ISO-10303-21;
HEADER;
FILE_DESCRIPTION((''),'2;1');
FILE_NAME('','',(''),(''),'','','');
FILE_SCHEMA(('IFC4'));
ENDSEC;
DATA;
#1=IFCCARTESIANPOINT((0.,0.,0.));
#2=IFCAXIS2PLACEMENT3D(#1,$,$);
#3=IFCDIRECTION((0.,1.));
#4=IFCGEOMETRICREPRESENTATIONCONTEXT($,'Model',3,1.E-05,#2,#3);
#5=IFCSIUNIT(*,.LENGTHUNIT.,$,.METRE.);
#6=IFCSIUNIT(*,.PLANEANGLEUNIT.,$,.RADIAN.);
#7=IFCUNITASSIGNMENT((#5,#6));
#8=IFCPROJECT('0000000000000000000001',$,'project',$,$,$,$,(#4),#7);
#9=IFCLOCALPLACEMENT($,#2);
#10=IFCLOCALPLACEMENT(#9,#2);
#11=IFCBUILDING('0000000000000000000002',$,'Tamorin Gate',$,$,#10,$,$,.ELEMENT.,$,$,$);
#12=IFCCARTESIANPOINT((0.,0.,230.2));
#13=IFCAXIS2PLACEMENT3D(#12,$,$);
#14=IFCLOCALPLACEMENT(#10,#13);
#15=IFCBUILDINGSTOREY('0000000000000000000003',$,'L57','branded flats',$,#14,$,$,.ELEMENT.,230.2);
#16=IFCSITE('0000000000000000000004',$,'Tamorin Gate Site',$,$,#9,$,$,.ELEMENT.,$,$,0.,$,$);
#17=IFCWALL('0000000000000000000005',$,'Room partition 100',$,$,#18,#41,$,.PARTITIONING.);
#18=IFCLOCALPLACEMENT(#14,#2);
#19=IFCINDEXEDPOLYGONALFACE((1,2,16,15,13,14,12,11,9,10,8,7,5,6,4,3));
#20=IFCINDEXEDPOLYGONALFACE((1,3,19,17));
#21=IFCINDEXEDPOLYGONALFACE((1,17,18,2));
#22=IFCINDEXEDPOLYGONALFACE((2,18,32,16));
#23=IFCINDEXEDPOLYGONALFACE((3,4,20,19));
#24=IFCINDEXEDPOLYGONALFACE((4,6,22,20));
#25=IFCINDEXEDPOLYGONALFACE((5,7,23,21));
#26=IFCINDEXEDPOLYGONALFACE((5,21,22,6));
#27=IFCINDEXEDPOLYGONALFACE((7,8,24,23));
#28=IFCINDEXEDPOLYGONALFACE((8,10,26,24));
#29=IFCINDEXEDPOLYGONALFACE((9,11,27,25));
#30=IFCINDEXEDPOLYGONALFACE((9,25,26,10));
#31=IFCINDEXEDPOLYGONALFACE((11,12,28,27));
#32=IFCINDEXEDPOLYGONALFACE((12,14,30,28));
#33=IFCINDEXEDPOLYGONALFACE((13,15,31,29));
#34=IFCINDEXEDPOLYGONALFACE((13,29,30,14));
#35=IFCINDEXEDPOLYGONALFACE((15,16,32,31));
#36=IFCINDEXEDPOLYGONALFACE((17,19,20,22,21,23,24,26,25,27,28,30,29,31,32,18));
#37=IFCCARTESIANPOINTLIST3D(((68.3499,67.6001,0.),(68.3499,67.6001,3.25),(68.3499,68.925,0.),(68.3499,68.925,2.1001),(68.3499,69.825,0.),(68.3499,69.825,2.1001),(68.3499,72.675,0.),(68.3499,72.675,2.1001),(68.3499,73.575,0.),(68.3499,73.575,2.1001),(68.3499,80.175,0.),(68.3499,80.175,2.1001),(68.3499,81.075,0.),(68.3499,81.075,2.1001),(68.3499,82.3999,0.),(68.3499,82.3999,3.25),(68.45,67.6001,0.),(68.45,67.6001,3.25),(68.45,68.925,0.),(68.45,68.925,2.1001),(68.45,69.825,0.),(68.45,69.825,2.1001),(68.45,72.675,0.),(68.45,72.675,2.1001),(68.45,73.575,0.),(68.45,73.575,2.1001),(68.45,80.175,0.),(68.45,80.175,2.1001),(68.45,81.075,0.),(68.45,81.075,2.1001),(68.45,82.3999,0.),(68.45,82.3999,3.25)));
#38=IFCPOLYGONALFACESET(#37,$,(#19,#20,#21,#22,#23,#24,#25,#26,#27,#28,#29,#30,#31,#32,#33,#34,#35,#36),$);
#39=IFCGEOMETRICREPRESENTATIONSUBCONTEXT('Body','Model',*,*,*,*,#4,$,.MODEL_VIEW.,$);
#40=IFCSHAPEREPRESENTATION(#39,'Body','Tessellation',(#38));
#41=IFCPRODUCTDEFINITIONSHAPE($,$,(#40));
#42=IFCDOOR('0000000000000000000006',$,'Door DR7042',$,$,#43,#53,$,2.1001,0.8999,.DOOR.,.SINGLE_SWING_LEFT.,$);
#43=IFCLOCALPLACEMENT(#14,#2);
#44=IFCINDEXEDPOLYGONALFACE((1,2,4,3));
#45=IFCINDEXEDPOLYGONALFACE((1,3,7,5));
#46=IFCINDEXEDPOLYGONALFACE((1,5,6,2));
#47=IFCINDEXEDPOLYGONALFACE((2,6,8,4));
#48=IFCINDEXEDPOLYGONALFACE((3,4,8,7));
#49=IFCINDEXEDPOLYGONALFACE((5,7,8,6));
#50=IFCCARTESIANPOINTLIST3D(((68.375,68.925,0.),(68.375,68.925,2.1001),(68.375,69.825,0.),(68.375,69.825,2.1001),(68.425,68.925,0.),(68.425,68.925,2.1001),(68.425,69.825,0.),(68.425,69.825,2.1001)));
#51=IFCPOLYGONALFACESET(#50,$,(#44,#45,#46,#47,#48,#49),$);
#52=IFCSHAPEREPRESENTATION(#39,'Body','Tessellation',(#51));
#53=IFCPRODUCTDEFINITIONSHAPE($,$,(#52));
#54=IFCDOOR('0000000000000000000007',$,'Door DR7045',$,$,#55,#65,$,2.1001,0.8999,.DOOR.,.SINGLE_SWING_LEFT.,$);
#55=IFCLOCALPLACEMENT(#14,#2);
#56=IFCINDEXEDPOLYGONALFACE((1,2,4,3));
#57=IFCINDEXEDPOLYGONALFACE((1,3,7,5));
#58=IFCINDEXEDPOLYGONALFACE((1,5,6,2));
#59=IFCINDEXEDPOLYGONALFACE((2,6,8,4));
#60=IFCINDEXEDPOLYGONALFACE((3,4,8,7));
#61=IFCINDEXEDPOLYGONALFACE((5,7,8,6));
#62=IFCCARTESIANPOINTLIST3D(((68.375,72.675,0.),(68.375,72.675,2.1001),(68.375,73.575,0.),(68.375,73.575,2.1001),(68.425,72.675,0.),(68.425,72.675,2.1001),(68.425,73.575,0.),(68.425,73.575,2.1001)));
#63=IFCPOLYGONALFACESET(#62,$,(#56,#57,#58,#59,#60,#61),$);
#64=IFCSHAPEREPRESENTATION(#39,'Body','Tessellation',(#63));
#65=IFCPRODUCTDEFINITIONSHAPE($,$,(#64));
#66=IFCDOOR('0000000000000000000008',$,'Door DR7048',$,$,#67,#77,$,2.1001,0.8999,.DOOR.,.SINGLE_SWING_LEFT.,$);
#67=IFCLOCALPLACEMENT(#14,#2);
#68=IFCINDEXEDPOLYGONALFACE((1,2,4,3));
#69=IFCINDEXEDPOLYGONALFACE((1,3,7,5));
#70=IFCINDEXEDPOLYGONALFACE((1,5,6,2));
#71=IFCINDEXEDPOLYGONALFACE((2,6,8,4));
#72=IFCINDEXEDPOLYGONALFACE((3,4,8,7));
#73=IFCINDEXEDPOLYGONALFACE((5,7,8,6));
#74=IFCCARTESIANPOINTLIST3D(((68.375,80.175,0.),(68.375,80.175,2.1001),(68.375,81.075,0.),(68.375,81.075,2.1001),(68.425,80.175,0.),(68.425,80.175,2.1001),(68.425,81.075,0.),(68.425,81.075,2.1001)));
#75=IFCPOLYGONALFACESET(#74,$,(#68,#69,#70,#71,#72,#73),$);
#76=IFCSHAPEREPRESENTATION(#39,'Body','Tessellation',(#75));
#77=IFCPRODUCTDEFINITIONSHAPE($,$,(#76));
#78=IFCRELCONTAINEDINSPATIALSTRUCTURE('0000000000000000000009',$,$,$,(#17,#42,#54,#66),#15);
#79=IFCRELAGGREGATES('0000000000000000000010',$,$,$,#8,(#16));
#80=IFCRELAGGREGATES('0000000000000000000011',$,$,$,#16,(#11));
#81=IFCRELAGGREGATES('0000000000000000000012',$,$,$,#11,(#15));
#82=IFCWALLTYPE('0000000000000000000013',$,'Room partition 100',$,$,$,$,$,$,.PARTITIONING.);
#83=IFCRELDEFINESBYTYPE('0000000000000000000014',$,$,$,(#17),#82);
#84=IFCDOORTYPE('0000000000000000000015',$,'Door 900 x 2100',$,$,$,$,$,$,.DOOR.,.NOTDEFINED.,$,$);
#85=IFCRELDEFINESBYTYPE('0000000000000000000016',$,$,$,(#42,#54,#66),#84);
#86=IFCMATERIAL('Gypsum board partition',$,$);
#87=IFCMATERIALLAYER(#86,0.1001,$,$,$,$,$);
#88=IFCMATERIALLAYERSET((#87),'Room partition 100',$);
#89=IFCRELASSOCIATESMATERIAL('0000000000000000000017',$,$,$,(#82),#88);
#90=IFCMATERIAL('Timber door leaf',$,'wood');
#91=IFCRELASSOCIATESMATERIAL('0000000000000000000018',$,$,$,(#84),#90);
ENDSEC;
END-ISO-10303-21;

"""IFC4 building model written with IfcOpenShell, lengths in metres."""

from ifc_helpers import new_model, si_unit, direction, frame, frame_2d, origin, place, context, subcontext, project, spatial, rectangle, extrude, material, layer, layer_set, type_object, element, fill, save


model = new_model("IFC4")

# Units and contexts
model_context = context("Model", 3, precision=1e-05, world=origin(), true_north=direction((0.0, 1.0)))
body_context = subcontext(model_context, "Body", "Model", "MODEL_VIEW")
ifc_project = project(units=[si_unit("LENGTHUNIT", "METRE"), si_unit("PLANEANGLEUNIT", "RADIAN")], contexts=[model_context])

# Site, building, storey
site_placement = place(None, origin())
site = spatial("IfcSite", under=ifc_project, at=site_placement, Name="Tamorin Gate Site", CompositionType="ELEMENT", RefElevation=0.0)
building_placement = place(site_placement, origin())
building = spatial("IfcBuilding", under=site, at=building_placement, Name="Tamorin Gate", CompositionType="ELEMENT")
storey_placement = place(building_placement, frame((0.0, 0.0, 230.2)))
storey = spatial("IfcBuildingStorey", under=building, at=storey_placement, Name="L57", Description="branded flats", CompositionType="ELEMENT", Elevation=230.2)

# Shared definitions
ifc_material_1 = material(Name="Gypsum board partition")
ifc_layer_1 = layer(ifc_material_1, 0.1001)
ifc_layer_set_1 = layer_set([ifc_layer_1], Name="Room partition 100")
wall_type_1 = type_object("IfcWallType", Name="Room partition 100", PredefinedType="PARTITIONING", material=ifc_layer_set_1)
ifc_material_2 = material(Name="Timber door leaf", Category="wood")
door_type = type_object("IfcDoorType", Name="Door 900 x 2100", OperationType="NOTDEFINED", PredefinedType="DOOR", material=ifc_material_2)

# Wall, openings, doors
wall_1_placement = place(storey_placement, frame((68.3999, 67.6001, 0.0), z_axis=(0.0, 0.0, 1.0), x_axis=(0.0, 1.0, 0.0)))
wall_1 = element("IfcWall", 1, at=wall_1_placement, inside=storey, type_object=wall_type_1, Name="Room partition 100", PredefinedType="PARTITIONING", context=body_context, shape_type="SweptSolid", body=[
    extrude(rectangle(XDim=14.7998, YDim=0.1001, at=frame_2d((7.3999, 0.0))), origin(), (0.0, 0.0, 1.0), 3.25),
])
opening_1_placement = place(wall_1_placement, frame((1.325, 0.0, 0.0)))
opening_1 = element("IfcOpeningElement", 2, at=opening_1_placement, cuts=wall_1, PredefinedType="OPENING", context=body_context, shape_type="SweptSolid", body=[
    extrude(rectangle(XDim=0.8999, YDim=2.1001, at=frame_2d((0.45, 1.05))), frame((0.0, 0.0601, 0.0), z_axis=(0.0, -1.0, 0.0), x_axis=(1.0, 0.0, 0.0)), (0.0, 0.0, 1.0), 0.1201),
])
opening_2_placement = place(wall_1_placement, frame((5.075, 0.0, 0.0)))
opening_2 = element("IfcOpeningElement", 3, at=opening_2_placement, cuts=wall_1, PredefinedType="OPENING", context=body_context, shape_type="SweptSolid", body=[
    extrude(rectangle(XDim=0.8999, YDim=2.1001, at=frame_2d((0.45, 1.05))), frame((0.0, 0.0601, 0.0), z_axis=(0.0, -1.0, 0.0), x_axis=(1.0, 0.0, 0.0)), (0.0, 0.0, 1.0), 0.1201),
])
opening_3_placement = place(wall_1_placement, frame((12.575, 0.0, 0.0)))
opening_3 = element("IfcOpeningElement", 4, at=opening_3_placement, cuts=wall_1, PredefinedType="OPENING", context=body_context, shape_type="SweptSolid", body=[
    extrude(rectangle(XDim=0.8999, YDim=2.1001, at=frame_2d((0.45, 1.05))), frame((0.0, 0.0601, 0.0), z_axis=(0.0, -1.0, 0.0), x_axis=(1.0, 0.0, 0.0)), (0.0, 0.0, 1.0), 0.1201),
])
door_1_placement = place(opening_1_placement, origin())
door_1 = element("IfcDoor", 5, at=door_1_placement, inside=storey, type_object=door_type, Name="Door DR7042", OperationType="SINGLE_SWING_LEFT", OverallHeight=2.1001, OverallWidth=0.8999, PredefinedType="DOOR", context=body_context, shape_type="SweptSolid", body=[
    extrude(rectangle(XDim=0.8999, YDim=2.1001, at=frame_2d((0.45, 1.05))), frame((0.0, 0.0249, 0.0), z_axis=(0.0, -1.0, 0.0), x_axis=(1.0, 0.0, 0.0)), (0.0, 0.0, 1.0), 0.05),
])
fill(opening_1, door_1)
door_2_placement = place(opening_2_placement, origin())
door_2 = element("IfcDoor", 6, at=door_2_placement, inside=storey, type_object=door_type, Name="Door DR7045", OperationType="SINGLE_SWING_LEFT", OverallHeight=2.1001, OverallWidth=0.8999, PredefinedType="DOOR", context=body_context, shape_type="SweptSolid", body=[
    extrude(rectangle(XDim=0.8999, YDim=2.1001, at=frame_2d((0.45, 1.05))), frame((0.0, 0.0249, 0.0), z_axis=(0.0, -1.0, 0.0), x_axis=(1.0, 0.0, 0.0)), (0.0, 0.0, 1.0), 0.05),
])
fill(opening_2, door_2)
door_3_placement = place(opening_3_placement, origin())
door_3 = element("IfcDoor", 7, at=door_3_placement, inside=storey, type_object=door_type, Name="Door DR7048", OperationType="SINGLE_SWING_LEFT", OverallHeight=2.1001, OverallWidth=0.8999, PredefinedType="DOOR", context=body_context, shape_type="SweptSolid", body=[
    extrude(rectangle(XDim=0.8999, YDim=2.1001, at=frame_2d((0.45, 1.05))), frame((0.0, 0.0249, 0.0), z_axis=(0.0, -1.0, 0.0), x_axis=(1.0, 0.0, 0.0)), (0.0, 0.0, 1.0), 0.05),
])
fill(opening_3, door_3)

save(model, "model.ifc")
